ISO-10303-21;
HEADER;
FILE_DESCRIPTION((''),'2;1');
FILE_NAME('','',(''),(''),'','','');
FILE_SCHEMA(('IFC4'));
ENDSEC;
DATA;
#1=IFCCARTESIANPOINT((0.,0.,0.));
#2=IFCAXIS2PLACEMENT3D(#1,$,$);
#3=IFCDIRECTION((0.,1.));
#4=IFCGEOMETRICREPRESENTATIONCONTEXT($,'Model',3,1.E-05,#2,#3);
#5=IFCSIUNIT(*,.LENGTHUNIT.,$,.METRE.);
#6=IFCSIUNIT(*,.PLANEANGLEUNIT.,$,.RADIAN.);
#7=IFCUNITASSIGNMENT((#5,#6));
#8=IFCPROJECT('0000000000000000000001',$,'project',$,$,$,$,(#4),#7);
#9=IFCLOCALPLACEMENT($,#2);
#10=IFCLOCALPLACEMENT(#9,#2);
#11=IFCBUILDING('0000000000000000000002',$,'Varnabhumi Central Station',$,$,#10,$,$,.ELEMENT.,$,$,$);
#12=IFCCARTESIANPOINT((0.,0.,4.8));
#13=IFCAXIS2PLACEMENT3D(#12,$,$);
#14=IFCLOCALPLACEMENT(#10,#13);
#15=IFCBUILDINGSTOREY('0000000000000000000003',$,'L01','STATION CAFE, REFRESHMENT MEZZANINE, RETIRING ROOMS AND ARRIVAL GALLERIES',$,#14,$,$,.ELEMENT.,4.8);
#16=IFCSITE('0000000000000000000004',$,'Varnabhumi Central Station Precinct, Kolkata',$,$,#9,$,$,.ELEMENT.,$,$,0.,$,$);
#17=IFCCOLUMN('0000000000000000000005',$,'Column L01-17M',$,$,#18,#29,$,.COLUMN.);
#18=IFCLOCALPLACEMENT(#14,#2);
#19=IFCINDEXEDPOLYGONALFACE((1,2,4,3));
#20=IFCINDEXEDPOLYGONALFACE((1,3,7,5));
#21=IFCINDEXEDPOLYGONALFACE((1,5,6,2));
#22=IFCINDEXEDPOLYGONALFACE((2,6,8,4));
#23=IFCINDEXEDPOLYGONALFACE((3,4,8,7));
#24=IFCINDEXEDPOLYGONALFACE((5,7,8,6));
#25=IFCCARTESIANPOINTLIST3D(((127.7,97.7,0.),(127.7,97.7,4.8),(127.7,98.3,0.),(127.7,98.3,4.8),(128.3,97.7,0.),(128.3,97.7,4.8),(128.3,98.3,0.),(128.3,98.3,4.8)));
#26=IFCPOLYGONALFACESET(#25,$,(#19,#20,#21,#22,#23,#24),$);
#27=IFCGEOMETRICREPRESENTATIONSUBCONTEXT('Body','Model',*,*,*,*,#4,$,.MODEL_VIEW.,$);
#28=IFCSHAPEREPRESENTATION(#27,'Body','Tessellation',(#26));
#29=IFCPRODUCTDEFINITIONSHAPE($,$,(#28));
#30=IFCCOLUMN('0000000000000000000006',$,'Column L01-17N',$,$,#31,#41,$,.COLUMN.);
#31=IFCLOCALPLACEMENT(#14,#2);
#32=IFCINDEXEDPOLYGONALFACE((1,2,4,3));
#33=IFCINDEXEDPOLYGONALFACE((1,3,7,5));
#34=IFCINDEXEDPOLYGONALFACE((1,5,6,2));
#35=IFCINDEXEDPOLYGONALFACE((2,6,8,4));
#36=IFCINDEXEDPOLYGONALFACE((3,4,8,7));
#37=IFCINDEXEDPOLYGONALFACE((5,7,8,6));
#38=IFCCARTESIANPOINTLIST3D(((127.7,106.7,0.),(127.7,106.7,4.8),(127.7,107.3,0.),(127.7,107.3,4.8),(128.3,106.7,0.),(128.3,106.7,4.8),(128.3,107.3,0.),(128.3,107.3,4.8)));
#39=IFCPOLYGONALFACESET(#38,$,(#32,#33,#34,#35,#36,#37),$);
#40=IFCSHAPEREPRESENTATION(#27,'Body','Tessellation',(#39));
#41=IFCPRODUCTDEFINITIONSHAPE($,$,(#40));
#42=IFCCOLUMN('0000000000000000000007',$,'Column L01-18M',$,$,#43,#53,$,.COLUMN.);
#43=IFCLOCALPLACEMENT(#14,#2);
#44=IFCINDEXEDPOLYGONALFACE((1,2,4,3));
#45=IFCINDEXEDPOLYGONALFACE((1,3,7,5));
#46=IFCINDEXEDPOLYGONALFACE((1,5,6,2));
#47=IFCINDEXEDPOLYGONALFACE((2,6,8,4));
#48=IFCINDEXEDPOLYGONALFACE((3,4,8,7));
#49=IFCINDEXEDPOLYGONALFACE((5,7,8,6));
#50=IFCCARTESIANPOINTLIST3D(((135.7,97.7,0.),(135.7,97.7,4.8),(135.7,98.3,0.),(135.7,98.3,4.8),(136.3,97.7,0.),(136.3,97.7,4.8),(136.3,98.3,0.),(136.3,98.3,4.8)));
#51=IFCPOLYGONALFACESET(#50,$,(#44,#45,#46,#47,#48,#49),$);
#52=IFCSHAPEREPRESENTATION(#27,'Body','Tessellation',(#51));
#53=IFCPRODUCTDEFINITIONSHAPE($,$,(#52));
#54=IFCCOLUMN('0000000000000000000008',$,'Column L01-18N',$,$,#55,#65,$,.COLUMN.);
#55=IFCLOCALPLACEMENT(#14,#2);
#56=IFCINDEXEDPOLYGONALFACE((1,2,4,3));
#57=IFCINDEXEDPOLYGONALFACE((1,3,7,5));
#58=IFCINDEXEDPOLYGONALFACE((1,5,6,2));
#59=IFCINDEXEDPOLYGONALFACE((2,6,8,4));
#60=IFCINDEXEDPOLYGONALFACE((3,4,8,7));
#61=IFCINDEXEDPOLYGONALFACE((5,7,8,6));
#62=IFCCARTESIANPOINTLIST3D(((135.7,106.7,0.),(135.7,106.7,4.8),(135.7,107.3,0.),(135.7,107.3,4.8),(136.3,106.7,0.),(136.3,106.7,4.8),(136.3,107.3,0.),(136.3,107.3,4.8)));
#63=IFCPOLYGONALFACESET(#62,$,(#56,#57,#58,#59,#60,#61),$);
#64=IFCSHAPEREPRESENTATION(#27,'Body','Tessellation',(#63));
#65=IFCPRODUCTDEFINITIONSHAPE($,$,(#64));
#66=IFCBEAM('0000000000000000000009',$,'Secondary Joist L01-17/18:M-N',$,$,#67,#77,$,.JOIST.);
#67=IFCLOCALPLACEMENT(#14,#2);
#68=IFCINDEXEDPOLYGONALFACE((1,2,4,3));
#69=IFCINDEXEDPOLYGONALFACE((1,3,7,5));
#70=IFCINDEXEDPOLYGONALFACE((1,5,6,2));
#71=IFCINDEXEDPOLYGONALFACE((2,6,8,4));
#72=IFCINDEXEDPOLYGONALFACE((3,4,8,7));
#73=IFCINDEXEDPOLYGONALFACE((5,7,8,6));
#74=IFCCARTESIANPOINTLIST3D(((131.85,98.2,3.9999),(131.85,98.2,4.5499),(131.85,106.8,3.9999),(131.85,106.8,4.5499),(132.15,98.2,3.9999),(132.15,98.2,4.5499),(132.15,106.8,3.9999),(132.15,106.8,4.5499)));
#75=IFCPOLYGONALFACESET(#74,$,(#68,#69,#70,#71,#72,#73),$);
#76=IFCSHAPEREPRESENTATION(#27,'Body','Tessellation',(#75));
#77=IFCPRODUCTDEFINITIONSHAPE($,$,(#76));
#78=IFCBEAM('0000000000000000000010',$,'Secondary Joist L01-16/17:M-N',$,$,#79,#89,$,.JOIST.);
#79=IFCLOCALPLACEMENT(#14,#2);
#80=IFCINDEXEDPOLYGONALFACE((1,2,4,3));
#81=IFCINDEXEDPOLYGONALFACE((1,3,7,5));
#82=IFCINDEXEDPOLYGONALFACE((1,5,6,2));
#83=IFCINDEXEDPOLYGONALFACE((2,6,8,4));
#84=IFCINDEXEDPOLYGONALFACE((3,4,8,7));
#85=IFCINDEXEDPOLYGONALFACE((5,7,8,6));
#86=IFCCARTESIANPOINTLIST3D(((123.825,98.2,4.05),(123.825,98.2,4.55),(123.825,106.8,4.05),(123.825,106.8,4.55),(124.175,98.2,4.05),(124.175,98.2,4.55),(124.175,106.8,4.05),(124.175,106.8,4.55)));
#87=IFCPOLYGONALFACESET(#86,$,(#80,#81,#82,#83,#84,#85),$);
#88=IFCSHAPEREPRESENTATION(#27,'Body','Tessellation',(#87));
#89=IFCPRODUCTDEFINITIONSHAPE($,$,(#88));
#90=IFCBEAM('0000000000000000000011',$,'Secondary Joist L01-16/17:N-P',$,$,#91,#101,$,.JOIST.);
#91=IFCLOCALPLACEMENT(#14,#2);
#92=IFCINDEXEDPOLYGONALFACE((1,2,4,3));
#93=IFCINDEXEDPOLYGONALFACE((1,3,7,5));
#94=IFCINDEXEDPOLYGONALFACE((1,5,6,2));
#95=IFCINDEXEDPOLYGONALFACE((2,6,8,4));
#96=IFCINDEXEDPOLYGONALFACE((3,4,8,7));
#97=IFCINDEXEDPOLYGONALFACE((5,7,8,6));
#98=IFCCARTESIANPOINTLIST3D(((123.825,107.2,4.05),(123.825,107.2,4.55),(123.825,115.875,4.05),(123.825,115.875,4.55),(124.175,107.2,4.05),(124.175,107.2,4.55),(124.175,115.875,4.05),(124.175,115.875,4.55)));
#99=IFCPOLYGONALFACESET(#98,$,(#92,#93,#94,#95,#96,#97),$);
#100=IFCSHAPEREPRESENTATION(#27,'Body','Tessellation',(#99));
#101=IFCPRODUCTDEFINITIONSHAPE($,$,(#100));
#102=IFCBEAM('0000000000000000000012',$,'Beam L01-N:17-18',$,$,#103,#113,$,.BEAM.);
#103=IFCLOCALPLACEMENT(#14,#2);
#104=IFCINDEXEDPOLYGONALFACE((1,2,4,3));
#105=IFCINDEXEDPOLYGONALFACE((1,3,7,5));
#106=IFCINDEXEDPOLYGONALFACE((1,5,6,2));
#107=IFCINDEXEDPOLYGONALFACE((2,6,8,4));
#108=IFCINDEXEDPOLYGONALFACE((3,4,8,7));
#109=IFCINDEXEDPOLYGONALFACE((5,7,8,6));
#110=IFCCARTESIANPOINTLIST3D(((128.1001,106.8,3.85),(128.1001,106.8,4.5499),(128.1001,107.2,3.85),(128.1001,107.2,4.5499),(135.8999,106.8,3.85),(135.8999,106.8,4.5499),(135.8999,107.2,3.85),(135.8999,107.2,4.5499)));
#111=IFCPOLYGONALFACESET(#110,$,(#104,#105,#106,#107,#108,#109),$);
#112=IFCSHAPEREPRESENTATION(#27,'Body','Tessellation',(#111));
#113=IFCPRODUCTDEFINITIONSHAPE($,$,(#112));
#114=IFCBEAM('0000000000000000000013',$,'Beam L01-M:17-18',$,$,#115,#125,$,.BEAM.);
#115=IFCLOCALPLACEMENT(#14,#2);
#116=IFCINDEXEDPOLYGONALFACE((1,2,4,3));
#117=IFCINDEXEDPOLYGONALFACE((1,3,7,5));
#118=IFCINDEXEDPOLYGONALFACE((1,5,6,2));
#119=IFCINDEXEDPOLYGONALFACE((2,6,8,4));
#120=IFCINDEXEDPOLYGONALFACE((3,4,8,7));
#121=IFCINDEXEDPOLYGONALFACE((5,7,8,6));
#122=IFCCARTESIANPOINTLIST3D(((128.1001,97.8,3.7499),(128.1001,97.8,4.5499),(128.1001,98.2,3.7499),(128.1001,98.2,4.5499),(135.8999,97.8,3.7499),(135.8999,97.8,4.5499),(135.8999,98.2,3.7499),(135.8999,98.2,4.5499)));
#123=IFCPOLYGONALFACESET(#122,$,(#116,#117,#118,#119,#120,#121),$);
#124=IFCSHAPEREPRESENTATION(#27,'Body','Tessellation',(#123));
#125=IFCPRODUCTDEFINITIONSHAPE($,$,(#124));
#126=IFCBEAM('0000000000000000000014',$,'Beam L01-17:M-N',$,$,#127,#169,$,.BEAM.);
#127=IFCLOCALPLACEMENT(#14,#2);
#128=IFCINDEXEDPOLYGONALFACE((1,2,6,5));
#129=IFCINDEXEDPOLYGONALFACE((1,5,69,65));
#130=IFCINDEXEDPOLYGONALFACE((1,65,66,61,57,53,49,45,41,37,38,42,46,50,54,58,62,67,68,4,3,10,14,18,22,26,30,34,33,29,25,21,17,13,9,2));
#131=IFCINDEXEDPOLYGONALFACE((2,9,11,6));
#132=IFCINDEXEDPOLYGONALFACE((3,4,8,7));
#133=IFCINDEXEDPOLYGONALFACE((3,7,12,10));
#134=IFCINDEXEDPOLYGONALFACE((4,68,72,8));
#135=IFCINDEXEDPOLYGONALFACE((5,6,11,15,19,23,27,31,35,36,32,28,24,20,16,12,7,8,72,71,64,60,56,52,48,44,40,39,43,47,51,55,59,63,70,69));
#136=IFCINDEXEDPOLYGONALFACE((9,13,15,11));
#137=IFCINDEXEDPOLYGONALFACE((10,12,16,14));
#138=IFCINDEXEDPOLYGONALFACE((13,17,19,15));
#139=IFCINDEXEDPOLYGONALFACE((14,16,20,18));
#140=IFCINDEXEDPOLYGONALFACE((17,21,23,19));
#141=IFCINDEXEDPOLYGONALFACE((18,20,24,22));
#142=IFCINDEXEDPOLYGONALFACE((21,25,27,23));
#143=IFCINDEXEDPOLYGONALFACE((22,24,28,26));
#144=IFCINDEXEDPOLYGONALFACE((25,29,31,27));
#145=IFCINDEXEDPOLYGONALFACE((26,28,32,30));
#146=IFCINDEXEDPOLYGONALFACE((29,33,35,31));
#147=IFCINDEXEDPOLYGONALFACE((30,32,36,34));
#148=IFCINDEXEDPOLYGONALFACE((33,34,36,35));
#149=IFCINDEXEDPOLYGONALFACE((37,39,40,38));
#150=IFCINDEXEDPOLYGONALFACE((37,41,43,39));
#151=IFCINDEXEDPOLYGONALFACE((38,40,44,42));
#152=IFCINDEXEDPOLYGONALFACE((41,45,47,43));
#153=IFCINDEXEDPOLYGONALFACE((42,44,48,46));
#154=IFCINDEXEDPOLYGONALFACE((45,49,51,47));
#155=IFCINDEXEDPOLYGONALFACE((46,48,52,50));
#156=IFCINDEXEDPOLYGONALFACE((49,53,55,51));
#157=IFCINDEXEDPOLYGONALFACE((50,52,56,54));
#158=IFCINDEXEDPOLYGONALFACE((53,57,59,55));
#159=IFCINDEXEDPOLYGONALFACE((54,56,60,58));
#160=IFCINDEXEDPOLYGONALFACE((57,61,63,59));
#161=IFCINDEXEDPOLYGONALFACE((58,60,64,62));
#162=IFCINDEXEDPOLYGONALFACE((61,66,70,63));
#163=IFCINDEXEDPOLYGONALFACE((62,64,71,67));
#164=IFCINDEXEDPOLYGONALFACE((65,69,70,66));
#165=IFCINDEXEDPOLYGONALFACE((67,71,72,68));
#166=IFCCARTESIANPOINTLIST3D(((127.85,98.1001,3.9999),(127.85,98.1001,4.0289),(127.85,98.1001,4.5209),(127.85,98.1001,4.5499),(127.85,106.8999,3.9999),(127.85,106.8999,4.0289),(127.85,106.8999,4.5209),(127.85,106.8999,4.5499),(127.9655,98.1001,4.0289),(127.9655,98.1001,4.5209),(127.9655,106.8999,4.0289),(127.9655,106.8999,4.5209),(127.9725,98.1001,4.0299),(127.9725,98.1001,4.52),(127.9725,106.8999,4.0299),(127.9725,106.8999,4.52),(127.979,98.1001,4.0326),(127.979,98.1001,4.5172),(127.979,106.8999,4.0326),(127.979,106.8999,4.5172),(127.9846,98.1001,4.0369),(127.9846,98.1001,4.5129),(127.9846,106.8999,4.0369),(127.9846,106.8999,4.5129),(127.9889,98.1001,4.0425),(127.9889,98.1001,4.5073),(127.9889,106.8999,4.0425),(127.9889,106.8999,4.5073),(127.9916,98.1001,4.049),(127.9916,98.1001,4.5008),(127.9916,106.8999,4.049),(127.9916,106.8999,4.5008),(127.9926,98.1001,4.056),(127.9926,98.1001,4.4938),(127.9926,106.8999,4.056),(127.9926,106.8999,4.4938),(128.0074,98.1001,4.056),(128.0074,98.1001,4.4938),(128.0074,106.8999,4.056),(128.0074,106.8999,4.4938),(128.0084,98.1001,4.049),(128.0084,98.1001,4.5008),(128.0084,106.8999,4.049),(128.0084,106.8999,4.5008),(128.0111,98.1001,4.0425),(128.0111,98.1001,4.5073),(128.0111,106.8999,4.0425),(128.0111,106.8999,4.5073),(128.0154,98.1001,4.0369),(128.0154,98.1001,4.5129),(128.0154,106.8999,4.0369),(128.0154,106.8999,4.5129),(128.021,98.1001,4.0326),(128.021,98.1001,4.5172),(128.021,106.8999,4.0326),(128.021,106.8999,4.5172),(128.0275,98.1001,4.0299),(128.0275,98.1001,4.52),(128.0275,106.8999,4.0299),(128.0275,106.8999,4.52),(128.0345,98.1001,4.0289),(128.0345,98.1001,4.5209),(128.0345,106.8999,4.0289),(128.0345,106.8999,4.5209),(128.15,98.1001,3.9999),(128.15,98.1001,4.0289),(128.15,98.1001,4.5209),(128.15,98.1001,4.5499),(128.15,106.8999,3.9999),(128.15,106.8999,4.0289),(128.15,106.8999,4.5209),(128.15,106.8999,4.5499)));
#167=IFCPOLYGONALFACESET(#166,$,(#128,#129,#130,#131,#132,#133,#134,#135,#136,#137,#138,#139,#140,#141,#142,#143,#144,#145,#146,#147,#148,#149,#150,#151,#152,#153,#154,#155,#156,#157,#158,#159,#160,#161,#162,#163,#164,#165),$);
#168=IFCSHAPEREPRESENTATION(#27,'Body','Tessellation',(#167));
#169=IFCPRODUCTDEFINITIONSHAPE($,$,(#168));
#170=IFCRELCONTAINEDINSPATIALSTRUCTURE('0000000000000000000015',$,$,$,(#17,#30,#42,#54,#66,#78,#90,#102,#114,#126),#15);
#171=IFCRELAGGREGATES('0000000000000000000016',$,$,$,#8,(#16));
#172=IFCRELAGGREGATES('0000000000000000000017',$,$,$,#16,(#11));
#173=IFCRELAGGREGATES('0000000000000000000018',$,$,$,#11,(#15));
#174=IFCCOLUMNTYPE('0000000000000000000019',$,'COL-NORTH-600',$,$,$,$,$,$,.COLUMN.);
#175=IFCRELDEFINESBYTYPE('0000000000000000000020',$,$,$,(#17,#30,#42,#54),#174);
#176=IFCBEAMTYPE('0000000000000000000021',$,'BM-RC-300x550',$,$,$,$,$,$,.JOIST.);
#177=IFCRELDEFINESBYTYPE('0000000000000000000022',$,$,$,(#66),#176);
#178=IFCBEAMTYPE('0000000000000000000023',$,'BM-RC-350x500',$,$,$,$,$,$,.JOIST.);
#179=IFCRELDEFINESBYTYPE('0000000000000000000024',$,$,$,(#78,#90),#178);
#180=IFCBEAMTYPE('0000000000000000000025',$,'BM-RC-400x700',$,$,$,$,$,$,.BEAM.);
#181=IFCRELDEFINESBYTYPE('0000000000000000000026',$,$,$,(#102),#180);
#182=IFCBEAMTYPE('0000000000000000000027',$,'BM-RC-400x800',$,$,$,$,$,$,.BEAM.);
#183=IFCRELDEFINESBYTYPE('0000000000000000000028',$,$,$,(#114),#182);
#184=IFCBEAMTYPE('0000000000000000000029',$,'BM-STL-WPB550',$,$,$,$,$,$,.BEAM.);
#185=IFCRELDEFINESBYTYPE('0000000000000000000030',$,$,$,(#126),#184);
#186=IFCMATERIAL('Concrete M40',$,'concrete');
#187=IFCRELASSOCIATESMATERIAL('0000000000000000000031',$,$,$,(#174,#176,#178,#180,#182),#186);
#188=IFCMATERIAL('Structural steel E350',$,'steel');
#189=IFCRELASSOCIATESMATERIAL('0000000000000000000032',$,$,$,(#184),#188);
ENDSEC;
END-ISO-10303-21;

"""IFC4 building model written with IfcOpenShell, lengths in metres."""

from ifc_helpers import new_model, si_unit, direction, frame, origin, origin_2d, place, context, subcontext, project, spatial, rectangle, i_section, extrude, material, material_profile, profile_set, type_object, element, save


model = new_model("IFC4")

# Units and contexts
model_context = context("Model", 3, precision=1e-05, world=origin(), true_north=direction((0.0, 1.0)))
body_context = subcontext(model_context, "Body", "Model", "MODEL_VIEW")
ifc_project = project(units=[si_unit("LENGTHUNIT", "METRE"), si_unit("PLANEANGLEUNIT", "RADIAN")], contexts=[model_context])

# Site, building, storey
site_placement = place(None, origin())
site = spatial("IfcSite", under=ifc_project, at=site_placement, Name="Varnabhumi Central Station Precinct, Kolkata", CompositionType="ELEMENT", RefElevation=0.0)
building_placement = place(site_placement, origin())
building = spatial("IfcBuilding", under=site, at=building_placement, Name="Varnabhumi Central Station", CompositionType="ELEMENT")
storey_placement = place(building_placement, frame((0.0, 0.0, 4.8)))
storey = spatial("IfcBuildingStorey", under=building, at=storey_placement, Name="L01", Description="STATION CAFE, REFRESHMENT MEZZANINE, RETIRING ROOMS AND ARRIVAL GALLERIES", CompositionType="ELEMENT", Elevation=4.8)

# Columns
ifc_material_1 = material(Name="Concrete M40", Category="concrete")
ifc_material_profile_1 = material_profile(ifc_material_1, rectangle(XDim=0.6001, YDim=0.6001, at=origin_2d()), Name="Concrete M40", Category="concrete")
ifc_profile_set_1 = profile_set([ifc_material_profile_1], Name="Concrete M40")
column_type = type_object("IfcColumnType", Name="COL-NORTH-600", PredefinedType="COLUMN", material=ifc_profile_set_1)
for number, where, z_axis, x_axis, name in (
    (1, (128.0, 98.0, 0.0), (0.0, 0.0, 1.0), (1.0, 0.0, 0.0), "Column L01-17M"),
    (2, (128.0, 107.0, 0.0), (0.0, 0.0, 1.0), (1.0, 0.0, 0.0), "Column L01-17N"),
    (3, (136.0, 98.0, 0.0), (0.0, 0.0, 1.0), (1.0, 0.0, 0.0), "Column L01-18M"),
    (4, (136.0, 107.0, 0.0), (0.0, 0.0, 1.0), (1.0, 0.0, 0.0), "Column L01-18N"),
):
    element("IfcColumn", number, at=place(storey_placement, frame(where, z_axis=z_axis, x_axis=x_axis)), inside=storey, type_object=column_type, Name=name, PredefinedType="COLUMN", context=body_context, shape_type="SweptSolid", body=[
        extrude(rectangle(XDim=0.6001, YDim=0.6001, at=origin_2d()), origin(), (0.0, 0.0, 1.0), 4.8),
    ])

# Beams
ifc_material_profile_2 = material_profile(ifc_material_1, rectangle(XDim=0.3, YDim=0.55, at=origin_2d()), Name="Concrete M40", Category="concrete")
ifc_profile_set_2 = profile_set([ifc_material_profile_2], Name="Concrete M40")
beam_type_1 = type_object("IfcBeamType", Name="BM-RC-300x550", PredefinedType="JOIST", material=ifc_profile_set_2)
beam_1_placement = place(storey_placement, frame((132.0, 98.2, 4.2749), z_axis=(0.0, 1.0, 0.0), x_axis=(-1.0, 0.0, 0.0)))
element("IfcBeam", 5, at=beam_1_placement, inside=storey, type_object=beam_type_1, Name="Secondary Joist L01-17/18:M-N", PredefinedType="JOIST", context=body_context, shape_type="SweptSolid", body=[
    extrude(rectangle(XDim=0.3, YDim=0.55, at=origin_2d()), origin(), (0.0, 0.0, 1.0), 8.6001),
])
ifc_material_profile_3 = material_profile(ifc_material_1, rectangle(XDim=0.3501, YDim=0.5, at=origin_2d()), Name="Concrete M40", Category="concrete")
ifc_profile_set_3 = profile_set([ifc_material_profile_3], Name="Concrete M40")
beam_type_2 = type_object("IfcBeamType", Name="BM-RC-350x500", PredefinedType="JOIST", material=ifc_profile_set_3)
beam_2_placement = place(storey_placement, frame((124.0, 98.2, 4.3), z_axis=(0.0, 1.0, 0.0), x_axis=(-1.0, 0.0, 0.0)))
element("IfcBeam", 6, at=beam_2_placement, inside=storey, type_object=beam_type_2, Name="Secondary Joist L01-16/17:M-N", PredefinedType="JOIST", context=body_context, shape_type="SweptSolid", body=[
    extrude(rectangle(XDim=0.3501, YDim=0.5, at=origin_2d()), origin(), (0.0, 0.0, 1.0), 8.6001),
])
beam_3_placement = place(storey_placement, frame((124.0, 107.2, 4.3), z_axis=(0.0, 1.0, 0.0), x_axis=(-1.0, 0.0, 0.0)))
element("IfcBeam", 7, at=beam_3_placement, inside=storey, type_object=beam_type_2, Name="Secondary Joist L01-16/17:N-P", PredefinedType="JOIST", context=body_context, shape_type="SweptSolid", body=[
    extrude(rectangle(XDim=0.3501, YDim=0.5, at=origin_2d()), origin(), (0.0, 0.0, 1.0), 8.675),
])
ifc_material_profile_4 = material_profile(ifc_material_1, rectangle(XDim=0.3999, YDim=0.7, at=origin_2d()), Name="Concrete M40", Category="concrete")
ifc_profile_set_4 = profile_set([ifc_material_profile_4], Name="Concrete M40")
beam_type_3 = type_object("IfcBeamType", Name="BM-RC-400x700", PredefinedType="BEAM", material=ifc_profile_set_4)
beam_4_placement = place(storey_placement, frame((128.1001, 107.0, 4.2), z_axis=(1.0, 0.0, 0.0), x_axis=(0.0, 1.0, 0.0)))
element("IfcBeam", 8, at=beam_4_placement, inside=storey, type_object=beam_type_3, Name="Beam L01-N:17-18", PredefinedType="BEAM", context=body_context, shape_type="SweptSolid", body=[
    extrude(rectangle(XDim=0.3999, YDim=0.7, at=origin_2d()), origin(), (0.0, 0.0, 1.0), 7.7998),
])
ifc_material_profile_5 = material_profile(ifc_material_1, rectangle(XDim=0.3999, YDim=0.8, at=origin_2d()), Name="Concrete M40", Category="concrete")
ifc_profile_set_5 = profile_set([ifc_material_profile_5], Name="Concrete M40")
beam_type_4 = type_object("IfcBeamType", Name="BM-RC-400x800", PredefinedType="BEAM", material=ifc_profile_set_5)
beam_5_placement = place(storey_placement, frame((128.1001, 98.0, 4.1499), z_axis=(1.0, 0.0, 0.0), x_axis=(0.0, 1.0, 0.0)))
element("IfcBeam", 9, at=beam_5_placement, inside=storey, type_object=beam_type_4, Name="Beam L01-M:17-18", PredefinedType="BEAM", context=body_context, shape_type="SweptSolid", body=[
    extrude(rectangle(XDim=0.3999, YDim=0.8, at=origin_2d()), origin(), (0.0, 0.0, 1.0), 7.7998),
])
ifc_material_2 = material(Name="Structural steel E350", Category="steel")
ifc_material_profile_6 = material_profile(ifc_material_2, i_section(OverallWidth=0.3, OverallDepth=0.55, WebThickness=0.0149, FlangeThickness=0.0291, FilletRadius=0.0271, at=origin_2d()), Name="Structural steel E350", Category="steel")
ifc_profile_set_6 = profile_set([ifc_material_profile_6], Name="Structural steel E350")
beam_type_5 = type_object("IfcBeamType", Name="BM-STL-WPB550", PredefinedType="BEAM", material=ifc_profile_set_6)
for number, where, z_axis, x_axis, name in (
    (10, (128.0, 98.1001, 4.2749), (0.0, 1.0, 0.0), (-1.0, 0.0, 0.0), "Beam L01-17:M-N"),
):
    element("IfcBeam", number, at=place(storey_placement, frame(where, z_axis=z_axis, x_axis=x_axis)), inside=storey, type_object=beam_type_5, Name=name, PredefinedType="BEAM", context=body_context, shape_type="SweptSolid", body=[
        extrude(i_section(OverallWidth=0.3, OverallDepth=0.55, WebThickness=0.0149, FlangeThickness=0.0291, FilletRadius=0.0271, at=origin_2d()), origin(), (0.0, 0.0, 1.0), 8.7998),
    ])

save(model, "model.ifc")
